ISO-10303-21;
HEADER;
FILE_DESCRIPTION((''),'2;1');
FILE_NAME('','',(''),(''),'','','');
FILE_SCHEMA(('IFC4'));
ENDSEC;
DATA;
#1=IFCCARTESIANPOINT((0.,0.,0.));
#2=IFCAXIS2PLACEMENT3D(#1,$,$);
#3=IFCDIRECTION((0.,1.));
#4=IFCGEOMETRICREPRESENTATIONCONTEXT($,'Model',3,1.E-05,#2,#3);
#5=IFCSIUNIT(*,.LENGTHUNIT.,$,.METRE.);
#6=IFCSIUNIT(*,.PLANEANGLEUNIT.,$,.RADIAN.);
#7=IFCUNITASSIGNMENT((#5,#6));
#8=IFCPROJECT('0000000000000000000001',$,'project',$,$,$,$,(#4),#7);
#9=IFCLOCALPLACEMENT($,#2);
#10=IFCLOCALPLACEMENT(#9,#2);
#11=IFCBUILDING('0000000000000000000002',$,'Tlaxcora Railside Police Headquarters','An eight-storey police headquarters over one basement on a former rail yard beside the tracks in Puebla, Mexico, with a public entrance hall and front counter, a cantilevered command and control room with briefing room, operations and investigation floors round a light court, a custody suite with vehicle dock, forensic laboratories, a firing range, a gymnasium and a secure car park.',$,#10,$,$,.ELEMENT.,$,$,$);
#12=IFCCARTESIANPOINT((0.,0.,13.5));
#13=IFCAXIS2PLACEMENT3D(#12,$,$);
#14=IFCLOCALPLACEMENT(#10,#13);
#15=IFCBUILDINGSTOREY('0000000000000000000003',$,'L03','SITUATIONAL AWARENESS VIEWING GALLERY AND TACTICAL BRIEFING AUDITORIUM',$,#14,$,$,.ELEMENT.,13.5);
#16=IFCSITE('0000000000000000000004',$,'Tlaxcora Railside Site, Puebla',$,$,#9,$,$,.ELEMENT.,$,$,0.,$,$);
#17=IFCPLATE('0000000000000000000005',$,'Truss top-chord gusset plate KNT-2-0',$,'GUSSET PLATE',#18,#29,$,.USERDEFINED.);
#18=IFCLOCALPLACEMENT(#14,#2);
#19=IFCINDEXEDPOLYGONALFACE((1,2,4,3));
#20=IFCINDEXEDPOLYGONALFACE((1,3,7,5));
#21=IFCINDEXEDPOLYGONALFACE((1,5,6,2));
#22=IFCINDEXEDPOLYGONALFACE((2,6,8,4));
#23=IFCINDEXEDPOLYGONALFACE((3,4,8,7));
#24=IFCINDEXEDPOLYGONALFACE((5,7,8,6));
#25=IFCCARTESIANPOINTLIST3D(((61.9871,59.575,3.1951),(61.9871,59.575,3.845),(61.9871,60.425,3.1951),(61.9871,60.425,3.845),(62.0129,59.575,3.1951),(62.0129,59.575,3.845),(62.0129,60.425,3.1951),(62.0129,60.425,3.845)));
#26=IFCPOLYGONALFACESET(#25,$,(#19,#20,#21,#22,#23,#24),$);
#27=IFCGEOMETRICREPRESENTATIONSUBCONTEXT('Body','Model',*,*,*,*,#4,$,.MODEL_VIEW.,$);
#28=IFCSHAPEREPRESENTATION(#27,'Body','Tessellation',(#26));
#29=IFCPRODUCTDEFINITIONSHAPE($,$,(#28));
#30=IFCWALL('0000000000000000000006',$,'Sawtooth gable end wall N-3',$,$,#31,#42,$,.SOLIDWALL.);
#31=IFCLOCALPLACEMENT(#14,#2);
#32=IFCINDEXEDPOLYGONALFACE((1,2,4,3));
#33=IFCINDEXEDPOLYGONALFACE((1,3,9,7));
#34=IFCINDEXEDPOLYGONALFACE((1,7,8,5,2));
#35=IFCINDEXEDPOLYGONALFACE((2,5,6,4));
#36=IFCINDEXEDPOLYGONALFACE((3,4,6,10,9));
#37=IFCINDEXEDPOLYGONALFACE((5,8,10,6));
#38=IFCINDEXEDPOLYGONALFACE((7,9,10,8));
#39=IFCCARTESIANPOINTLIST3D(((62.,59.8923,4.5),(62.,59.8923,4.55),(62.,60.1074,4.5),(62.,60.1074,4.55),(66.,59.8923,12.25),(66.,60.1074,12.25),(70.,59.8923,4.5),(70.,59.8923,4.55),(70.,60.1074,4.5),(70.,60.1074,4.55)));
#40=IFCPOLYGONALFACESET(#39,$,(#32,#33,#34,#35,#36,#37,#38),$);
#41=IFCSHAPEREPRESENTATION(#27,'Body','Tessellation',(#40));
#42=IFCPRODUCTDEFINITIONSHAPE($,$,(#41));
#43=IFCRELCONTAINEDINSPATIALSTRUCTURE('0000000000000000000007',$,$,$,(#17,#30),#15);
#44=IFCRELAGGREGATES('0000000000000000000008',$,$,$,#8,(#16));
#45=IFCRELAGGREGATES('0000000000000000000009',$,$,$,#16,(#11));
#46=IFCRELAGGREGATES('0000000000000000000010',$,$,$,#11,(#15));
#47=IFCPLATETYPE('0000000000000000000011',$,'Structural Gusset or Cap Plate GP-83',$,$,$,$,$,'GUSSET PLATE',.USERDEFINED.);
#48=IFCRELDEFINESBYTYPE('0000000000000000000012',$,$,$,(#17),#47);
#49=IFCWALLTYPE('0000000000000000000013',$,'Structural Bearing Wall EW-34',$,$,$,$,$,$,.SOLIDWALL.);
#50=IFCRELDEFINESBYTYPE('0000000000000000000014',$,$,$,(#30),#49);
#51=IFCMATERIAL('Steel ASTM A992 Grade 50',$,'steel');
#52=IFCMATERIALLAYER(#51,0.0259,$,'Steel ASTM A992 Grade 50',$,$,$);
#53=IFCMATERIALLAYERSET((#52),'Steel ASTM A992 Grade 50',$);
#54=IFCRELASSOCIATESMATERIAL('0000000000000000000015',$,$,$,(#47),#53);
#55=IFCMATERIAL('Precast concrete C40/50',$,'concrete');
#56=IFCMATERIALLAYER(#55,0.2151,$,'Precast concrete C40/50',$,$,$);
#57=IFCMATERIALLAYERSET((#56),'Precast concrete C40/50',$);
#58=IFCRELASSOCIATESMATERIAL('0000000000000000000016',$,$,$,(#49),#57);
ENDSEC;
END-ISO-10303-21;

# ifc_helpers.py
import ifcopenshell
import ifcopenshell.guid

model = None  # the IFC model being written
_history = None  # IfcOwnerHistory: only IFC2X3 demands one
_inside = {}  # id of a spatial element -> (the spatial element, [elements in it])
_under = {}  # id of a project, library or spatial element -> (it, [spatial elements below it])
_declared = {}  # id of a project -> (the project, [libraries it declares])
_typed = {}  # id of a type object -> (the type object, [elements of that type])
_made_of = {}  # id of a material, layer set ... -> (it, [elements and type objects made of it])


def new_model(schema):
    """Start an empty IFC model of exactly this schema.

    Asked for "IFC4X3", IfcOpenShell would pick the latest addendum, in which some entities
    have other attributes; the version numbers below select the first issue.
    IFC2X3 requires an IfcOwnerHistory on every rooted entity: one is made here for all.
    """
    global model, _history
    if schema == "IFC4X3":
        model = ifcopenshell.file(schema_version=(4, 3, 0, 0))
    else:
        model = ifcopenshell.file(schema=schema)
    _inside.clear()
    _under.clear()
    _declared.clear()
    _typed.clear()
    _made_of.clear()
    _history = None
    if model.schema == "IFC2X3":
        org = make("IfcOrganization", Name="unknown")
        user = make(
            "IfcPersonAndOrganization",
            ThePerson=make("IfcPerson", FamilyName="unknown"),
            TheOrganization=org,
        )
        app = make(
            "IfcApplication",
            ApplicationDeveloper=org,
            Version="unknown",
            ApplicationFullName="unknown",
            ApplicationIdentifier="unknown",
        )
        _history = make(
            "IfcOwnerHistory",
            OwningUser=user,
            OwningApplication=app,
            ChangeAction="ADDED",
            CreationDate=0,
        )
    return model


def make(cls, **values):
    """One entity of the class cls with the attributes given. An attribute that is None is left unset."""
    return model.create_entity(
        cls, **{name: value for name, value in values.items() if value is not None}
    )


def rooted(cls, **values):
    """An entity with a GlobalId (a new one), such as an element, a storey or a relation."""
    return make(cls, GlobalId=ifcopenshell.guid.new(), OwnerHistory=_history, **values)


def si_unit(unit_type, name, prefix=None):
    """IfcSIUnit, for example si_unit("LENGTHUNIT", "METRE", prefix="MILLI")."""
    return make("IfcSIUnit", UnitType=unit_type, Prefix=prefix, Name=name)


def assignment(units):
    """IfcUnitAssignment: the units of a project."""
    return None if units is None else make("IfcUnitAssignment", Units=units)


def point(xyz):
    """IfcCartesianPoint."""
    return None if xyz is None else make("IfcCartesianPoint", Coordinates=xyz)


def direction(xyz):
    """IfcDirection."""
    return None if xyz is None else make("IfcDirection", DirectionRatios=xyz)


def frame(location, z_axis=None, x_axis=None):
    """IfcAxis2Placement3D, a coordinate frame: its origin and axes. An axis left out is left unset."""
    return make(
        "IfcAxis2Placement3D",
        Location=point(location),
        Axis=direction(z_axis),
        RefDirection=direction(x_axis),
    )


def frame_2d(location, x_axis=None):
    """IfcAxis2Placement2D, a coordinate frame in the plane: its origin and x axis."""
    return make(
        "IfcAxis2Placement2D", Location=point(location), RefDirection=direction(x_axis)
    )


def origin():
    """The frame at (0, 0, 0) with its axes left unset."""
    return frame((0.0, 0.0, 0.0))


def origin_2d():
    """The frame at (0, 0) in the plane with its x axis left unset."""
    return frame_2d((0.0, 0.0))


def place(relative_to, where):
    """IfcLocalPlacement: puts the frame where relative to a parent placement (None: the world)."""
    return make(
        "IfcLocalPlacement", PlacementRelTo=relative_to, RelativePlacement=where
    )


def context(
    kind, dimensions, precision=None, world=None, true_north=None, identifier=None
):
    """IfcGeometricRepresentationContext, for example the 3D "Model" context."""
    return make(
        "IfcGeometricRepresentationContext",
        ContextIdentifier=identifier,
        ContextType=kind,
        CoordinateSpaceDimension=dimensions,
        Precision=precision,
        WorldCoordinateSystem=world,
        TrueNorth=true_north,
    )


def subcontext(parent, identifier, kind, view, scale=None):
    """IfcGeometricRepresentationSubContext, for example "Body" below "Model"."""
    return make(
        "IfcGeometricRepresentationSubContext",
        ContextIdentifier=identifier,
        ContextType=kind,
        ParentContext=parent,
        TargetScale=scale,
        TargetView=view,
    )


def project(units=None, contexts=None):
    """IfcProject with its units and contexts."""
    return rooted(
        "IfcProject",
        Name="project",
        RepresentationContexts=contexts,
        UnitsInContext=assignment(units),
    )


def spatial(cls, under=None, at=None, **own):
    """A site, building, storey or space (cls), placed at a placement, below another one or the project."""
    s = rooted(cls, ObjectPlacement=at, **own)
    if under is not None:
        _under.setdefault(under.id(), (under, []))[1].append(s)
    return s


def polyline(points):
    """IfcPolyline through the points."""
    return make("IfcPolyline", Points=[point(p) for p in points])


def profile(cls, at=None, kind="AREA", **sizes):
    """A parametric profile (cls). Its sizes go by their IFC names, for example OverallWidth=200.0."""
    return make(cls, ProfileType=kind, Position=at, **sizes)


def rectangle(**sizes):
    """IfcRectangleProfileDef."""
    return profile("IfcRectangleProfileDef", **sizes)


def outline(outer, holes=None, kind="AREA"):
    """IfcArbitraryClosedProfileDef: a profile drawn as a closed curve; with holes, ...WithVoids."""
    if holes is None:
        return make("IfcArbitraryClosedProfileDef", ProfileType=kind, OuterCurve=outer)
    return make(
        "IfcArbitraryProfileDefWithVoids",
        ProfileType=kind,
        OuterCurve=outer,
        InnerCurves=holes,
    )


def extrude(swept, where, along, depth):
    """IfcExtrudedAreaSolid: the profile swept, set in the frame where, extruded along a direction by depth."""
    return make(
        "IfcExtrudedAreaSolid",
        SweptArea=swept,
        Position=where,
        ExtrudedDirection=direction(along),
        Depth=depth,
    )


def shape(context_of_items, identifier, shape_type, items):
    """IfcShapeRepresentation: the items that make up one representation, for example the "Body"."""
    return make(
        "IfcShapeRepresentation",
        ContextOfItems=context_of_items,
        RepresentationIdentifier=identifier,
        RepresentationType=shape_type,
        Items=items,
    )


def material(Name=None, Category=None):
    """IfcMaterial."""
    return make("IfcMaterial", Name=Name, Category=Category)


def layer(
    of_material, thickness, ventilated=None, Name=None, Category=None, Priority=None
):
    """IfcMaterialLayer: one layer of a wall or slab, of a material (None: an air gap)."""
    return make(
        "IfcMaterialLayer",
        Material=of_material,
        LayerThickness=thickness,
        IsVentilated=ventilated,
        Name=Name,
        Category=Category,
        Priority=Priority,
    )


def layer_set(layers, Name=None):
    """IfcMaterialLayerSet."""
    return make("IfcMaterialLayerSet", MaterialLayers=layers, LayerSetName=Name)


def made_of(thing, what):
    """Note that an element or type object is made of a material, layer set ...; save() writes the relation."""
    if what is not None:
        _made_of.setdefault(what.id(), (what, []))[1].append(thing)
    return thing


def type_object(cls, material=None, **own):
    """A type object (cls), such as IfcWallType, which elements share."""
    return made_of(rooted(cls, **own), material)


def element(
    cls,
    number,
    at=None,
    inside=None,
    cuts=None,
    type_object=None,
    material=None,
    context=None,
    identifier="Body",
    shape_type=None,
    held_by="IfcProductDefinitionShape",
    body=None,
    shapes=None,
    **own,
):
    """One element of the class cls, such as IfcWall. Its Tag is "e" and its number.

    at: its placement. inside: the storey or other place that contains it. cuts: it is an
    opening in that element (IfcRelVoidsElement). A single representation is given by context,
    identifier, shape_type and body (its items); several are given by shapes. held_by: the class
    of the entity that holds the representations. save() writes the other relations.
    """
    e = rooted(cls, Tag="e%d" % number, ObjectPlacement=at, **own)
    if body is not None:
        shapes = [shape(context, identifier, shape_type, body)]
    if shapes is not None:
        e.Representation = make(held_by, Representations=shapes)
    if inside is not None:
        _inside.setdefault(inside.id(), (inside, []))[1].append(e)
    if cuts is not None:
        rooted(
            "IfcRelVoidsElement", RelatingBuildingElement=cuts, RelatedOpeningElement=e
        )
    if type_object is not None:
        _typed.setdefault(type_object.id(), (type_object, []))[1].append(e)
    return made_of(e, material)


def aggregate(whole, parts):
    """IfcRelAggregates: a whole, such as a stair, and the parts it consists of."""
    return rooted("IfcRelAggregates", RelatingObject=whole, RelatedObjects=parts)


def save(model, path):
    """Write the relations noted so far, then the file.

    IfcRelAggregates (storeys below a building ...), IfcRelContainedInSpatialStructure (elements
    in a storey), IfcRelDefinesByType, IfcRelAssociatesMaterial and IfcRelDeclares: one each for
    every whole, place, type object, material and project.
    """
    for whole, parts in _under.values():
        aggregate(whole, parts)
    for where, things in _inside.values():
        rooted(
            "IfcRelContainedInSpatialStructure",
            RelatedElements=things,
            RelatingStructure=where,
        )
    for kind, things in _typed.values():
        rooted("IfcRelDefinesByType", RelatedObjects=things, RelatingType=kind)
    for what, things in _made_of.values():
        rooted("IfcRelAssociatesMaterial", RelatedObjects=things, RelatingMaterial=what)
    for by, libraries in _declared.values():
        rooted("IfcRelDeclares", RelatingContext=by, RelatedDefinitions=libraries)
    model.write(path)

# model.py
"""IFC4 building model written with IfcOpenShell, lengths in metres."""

from ifc_helpers import new_model, si_unit, direction, frame, origin, origin_2d, place, context, subcontext, project, spatial, polyline, rectangle, outline, extrude, material, layer, layer_set, type_object, element, save


model = new_model("IFC4")

# Units and contexts
model_context = context("Model", 3, precision=1e-05, world=origin(), true_north=direction((0.0, 1.0)))
body_context = subcontext(model_context, "Body", "Model", "MODEL_VIEW")
ifc_project = project(units=[si_unit("LENGTHUNIT", "METRE"), si_unit("PLANEANGLEUNIT", "RADIAN")], contexts=[model_context])

# Site, building, storey
site_placement = place(None, origin())
site = spatial("IfcSite", under=ifc_project, at=site_placement, Name="Tlaxcora Railside Site, Puebla", CompositionType="ELEMENT", RefElevation=0.0)
building_placement = place(site_placement, origin())
building = spatial("IfcBuilding", under=site, at=building_placement, Name="Tlaxcora Railside Police Headquarters", Description="An eight-storey police headquarters over one basement on a former rail yard beside the tracks in Puebla, Mexico, with a public entrance hall and front counter, a cantilevered command and control room with briefing room, operations and investigation floors round a light court, a custody suite with vehicle dock, forensic laboratories, a firing range, a gymnasium and a secure car park.", CompositionType="ELEMENT")
storey_placement = place(building_placement, frame((0.0, 0.0, 13.5)))
storey = spatial("IfcBuildingStorey", under=building, at=storey_placement, Name="L03", Description="SITUATIONAL AWARENESS VIEWING GALLERY AND TACTICAL BRIEFING AUDITORIUM", CompositionType="ELEMENT", Elevation=13.5)

# Shared definitions
ifc_material_1 = material(Name="Steel ASTM A992 Grade 50", Category="steel")

# Plate
ifc_layer_1 = layer(ifc_material_1, 0.0259, Name="Steel ASTM A992 Grade 50")
ifc_layer_set_1 = layer_set([ifc_layer_1], Name="Steel ASTM A992 Grade 50")
plate_type_1 = type_object("IfcPlateType", Name="Structural Gusset or Cap Plate GP-83", ElementType="GUSSET PLATE", PredefinedType="USERDEFINED", material=ifc_layer_set_1)
plate_1_placement = place(storey_placement, frame((62.0, 60.0, 3.1951), z_axis=(0.0, 0.0, 1.0), x_axis=(0.0, 1.0, 0.0)))
element("IfcPlate", 1, at=plate_1_placement, inside=storey, type_object=plate_type_1, Name="Truss top-chord gusset plate KNT-2-0", ObjectType="GUSSET PLATE", PredefinedType="USERDEFINED", context=body_context, shape_type="SweptSolid", body=[
    extrude(rectangle(XDim=0.8501, YDim=0.0259, at=origin_2d()), origin(), (0.0, 0.0, 1.0), 0.6499),
])

# Wall
ifc_material_2 = material(Name="Precast concrete C40/50", Category="concrete")
ifc_layer_2 = layer(ifc_material_2, 0.2151, Name="Precast concrete C40/50")
ifc_layer_set_2 = layer_set([ifc_layer_2], Name="Precast concrete C40/50")
wall_type = type_object("IfcWallType", Name="Structural Bearing Wall EW-34", PredefinedType="SOLIDWALL", material=ifc_layer_set_2)
wall_placement = place(storey_placement, frame((62.0, 60.0, 4.5), z_axis=(0.0, 0.0, 1.0), x_axis=(1.0, 0.0, 0.0)))
element("IfcWall", 2, at=wall_placement, inside=storey, type_object=wall_type, Name="Sawtooth gable end wall N-3", PredefinedType="SOLIDWALL", context=body_context, shape_type="SweptSolid", body=[
    extrude(outline(polyline([(0.0, 0.0), (8.0, 0.0), (8.0, 0.05), (4.0, 7.75), (0.0, 0.05), (0.0, 0.0)])), frame((0.0, 0.1074, 0.0), z_axis=(0.0, -1.0, 0.0), x_axis=(1.0, 0.0, 0.0)), (0.0, 0.0, 1.0), 0.2151),
])

save(model, "model.ifc")
